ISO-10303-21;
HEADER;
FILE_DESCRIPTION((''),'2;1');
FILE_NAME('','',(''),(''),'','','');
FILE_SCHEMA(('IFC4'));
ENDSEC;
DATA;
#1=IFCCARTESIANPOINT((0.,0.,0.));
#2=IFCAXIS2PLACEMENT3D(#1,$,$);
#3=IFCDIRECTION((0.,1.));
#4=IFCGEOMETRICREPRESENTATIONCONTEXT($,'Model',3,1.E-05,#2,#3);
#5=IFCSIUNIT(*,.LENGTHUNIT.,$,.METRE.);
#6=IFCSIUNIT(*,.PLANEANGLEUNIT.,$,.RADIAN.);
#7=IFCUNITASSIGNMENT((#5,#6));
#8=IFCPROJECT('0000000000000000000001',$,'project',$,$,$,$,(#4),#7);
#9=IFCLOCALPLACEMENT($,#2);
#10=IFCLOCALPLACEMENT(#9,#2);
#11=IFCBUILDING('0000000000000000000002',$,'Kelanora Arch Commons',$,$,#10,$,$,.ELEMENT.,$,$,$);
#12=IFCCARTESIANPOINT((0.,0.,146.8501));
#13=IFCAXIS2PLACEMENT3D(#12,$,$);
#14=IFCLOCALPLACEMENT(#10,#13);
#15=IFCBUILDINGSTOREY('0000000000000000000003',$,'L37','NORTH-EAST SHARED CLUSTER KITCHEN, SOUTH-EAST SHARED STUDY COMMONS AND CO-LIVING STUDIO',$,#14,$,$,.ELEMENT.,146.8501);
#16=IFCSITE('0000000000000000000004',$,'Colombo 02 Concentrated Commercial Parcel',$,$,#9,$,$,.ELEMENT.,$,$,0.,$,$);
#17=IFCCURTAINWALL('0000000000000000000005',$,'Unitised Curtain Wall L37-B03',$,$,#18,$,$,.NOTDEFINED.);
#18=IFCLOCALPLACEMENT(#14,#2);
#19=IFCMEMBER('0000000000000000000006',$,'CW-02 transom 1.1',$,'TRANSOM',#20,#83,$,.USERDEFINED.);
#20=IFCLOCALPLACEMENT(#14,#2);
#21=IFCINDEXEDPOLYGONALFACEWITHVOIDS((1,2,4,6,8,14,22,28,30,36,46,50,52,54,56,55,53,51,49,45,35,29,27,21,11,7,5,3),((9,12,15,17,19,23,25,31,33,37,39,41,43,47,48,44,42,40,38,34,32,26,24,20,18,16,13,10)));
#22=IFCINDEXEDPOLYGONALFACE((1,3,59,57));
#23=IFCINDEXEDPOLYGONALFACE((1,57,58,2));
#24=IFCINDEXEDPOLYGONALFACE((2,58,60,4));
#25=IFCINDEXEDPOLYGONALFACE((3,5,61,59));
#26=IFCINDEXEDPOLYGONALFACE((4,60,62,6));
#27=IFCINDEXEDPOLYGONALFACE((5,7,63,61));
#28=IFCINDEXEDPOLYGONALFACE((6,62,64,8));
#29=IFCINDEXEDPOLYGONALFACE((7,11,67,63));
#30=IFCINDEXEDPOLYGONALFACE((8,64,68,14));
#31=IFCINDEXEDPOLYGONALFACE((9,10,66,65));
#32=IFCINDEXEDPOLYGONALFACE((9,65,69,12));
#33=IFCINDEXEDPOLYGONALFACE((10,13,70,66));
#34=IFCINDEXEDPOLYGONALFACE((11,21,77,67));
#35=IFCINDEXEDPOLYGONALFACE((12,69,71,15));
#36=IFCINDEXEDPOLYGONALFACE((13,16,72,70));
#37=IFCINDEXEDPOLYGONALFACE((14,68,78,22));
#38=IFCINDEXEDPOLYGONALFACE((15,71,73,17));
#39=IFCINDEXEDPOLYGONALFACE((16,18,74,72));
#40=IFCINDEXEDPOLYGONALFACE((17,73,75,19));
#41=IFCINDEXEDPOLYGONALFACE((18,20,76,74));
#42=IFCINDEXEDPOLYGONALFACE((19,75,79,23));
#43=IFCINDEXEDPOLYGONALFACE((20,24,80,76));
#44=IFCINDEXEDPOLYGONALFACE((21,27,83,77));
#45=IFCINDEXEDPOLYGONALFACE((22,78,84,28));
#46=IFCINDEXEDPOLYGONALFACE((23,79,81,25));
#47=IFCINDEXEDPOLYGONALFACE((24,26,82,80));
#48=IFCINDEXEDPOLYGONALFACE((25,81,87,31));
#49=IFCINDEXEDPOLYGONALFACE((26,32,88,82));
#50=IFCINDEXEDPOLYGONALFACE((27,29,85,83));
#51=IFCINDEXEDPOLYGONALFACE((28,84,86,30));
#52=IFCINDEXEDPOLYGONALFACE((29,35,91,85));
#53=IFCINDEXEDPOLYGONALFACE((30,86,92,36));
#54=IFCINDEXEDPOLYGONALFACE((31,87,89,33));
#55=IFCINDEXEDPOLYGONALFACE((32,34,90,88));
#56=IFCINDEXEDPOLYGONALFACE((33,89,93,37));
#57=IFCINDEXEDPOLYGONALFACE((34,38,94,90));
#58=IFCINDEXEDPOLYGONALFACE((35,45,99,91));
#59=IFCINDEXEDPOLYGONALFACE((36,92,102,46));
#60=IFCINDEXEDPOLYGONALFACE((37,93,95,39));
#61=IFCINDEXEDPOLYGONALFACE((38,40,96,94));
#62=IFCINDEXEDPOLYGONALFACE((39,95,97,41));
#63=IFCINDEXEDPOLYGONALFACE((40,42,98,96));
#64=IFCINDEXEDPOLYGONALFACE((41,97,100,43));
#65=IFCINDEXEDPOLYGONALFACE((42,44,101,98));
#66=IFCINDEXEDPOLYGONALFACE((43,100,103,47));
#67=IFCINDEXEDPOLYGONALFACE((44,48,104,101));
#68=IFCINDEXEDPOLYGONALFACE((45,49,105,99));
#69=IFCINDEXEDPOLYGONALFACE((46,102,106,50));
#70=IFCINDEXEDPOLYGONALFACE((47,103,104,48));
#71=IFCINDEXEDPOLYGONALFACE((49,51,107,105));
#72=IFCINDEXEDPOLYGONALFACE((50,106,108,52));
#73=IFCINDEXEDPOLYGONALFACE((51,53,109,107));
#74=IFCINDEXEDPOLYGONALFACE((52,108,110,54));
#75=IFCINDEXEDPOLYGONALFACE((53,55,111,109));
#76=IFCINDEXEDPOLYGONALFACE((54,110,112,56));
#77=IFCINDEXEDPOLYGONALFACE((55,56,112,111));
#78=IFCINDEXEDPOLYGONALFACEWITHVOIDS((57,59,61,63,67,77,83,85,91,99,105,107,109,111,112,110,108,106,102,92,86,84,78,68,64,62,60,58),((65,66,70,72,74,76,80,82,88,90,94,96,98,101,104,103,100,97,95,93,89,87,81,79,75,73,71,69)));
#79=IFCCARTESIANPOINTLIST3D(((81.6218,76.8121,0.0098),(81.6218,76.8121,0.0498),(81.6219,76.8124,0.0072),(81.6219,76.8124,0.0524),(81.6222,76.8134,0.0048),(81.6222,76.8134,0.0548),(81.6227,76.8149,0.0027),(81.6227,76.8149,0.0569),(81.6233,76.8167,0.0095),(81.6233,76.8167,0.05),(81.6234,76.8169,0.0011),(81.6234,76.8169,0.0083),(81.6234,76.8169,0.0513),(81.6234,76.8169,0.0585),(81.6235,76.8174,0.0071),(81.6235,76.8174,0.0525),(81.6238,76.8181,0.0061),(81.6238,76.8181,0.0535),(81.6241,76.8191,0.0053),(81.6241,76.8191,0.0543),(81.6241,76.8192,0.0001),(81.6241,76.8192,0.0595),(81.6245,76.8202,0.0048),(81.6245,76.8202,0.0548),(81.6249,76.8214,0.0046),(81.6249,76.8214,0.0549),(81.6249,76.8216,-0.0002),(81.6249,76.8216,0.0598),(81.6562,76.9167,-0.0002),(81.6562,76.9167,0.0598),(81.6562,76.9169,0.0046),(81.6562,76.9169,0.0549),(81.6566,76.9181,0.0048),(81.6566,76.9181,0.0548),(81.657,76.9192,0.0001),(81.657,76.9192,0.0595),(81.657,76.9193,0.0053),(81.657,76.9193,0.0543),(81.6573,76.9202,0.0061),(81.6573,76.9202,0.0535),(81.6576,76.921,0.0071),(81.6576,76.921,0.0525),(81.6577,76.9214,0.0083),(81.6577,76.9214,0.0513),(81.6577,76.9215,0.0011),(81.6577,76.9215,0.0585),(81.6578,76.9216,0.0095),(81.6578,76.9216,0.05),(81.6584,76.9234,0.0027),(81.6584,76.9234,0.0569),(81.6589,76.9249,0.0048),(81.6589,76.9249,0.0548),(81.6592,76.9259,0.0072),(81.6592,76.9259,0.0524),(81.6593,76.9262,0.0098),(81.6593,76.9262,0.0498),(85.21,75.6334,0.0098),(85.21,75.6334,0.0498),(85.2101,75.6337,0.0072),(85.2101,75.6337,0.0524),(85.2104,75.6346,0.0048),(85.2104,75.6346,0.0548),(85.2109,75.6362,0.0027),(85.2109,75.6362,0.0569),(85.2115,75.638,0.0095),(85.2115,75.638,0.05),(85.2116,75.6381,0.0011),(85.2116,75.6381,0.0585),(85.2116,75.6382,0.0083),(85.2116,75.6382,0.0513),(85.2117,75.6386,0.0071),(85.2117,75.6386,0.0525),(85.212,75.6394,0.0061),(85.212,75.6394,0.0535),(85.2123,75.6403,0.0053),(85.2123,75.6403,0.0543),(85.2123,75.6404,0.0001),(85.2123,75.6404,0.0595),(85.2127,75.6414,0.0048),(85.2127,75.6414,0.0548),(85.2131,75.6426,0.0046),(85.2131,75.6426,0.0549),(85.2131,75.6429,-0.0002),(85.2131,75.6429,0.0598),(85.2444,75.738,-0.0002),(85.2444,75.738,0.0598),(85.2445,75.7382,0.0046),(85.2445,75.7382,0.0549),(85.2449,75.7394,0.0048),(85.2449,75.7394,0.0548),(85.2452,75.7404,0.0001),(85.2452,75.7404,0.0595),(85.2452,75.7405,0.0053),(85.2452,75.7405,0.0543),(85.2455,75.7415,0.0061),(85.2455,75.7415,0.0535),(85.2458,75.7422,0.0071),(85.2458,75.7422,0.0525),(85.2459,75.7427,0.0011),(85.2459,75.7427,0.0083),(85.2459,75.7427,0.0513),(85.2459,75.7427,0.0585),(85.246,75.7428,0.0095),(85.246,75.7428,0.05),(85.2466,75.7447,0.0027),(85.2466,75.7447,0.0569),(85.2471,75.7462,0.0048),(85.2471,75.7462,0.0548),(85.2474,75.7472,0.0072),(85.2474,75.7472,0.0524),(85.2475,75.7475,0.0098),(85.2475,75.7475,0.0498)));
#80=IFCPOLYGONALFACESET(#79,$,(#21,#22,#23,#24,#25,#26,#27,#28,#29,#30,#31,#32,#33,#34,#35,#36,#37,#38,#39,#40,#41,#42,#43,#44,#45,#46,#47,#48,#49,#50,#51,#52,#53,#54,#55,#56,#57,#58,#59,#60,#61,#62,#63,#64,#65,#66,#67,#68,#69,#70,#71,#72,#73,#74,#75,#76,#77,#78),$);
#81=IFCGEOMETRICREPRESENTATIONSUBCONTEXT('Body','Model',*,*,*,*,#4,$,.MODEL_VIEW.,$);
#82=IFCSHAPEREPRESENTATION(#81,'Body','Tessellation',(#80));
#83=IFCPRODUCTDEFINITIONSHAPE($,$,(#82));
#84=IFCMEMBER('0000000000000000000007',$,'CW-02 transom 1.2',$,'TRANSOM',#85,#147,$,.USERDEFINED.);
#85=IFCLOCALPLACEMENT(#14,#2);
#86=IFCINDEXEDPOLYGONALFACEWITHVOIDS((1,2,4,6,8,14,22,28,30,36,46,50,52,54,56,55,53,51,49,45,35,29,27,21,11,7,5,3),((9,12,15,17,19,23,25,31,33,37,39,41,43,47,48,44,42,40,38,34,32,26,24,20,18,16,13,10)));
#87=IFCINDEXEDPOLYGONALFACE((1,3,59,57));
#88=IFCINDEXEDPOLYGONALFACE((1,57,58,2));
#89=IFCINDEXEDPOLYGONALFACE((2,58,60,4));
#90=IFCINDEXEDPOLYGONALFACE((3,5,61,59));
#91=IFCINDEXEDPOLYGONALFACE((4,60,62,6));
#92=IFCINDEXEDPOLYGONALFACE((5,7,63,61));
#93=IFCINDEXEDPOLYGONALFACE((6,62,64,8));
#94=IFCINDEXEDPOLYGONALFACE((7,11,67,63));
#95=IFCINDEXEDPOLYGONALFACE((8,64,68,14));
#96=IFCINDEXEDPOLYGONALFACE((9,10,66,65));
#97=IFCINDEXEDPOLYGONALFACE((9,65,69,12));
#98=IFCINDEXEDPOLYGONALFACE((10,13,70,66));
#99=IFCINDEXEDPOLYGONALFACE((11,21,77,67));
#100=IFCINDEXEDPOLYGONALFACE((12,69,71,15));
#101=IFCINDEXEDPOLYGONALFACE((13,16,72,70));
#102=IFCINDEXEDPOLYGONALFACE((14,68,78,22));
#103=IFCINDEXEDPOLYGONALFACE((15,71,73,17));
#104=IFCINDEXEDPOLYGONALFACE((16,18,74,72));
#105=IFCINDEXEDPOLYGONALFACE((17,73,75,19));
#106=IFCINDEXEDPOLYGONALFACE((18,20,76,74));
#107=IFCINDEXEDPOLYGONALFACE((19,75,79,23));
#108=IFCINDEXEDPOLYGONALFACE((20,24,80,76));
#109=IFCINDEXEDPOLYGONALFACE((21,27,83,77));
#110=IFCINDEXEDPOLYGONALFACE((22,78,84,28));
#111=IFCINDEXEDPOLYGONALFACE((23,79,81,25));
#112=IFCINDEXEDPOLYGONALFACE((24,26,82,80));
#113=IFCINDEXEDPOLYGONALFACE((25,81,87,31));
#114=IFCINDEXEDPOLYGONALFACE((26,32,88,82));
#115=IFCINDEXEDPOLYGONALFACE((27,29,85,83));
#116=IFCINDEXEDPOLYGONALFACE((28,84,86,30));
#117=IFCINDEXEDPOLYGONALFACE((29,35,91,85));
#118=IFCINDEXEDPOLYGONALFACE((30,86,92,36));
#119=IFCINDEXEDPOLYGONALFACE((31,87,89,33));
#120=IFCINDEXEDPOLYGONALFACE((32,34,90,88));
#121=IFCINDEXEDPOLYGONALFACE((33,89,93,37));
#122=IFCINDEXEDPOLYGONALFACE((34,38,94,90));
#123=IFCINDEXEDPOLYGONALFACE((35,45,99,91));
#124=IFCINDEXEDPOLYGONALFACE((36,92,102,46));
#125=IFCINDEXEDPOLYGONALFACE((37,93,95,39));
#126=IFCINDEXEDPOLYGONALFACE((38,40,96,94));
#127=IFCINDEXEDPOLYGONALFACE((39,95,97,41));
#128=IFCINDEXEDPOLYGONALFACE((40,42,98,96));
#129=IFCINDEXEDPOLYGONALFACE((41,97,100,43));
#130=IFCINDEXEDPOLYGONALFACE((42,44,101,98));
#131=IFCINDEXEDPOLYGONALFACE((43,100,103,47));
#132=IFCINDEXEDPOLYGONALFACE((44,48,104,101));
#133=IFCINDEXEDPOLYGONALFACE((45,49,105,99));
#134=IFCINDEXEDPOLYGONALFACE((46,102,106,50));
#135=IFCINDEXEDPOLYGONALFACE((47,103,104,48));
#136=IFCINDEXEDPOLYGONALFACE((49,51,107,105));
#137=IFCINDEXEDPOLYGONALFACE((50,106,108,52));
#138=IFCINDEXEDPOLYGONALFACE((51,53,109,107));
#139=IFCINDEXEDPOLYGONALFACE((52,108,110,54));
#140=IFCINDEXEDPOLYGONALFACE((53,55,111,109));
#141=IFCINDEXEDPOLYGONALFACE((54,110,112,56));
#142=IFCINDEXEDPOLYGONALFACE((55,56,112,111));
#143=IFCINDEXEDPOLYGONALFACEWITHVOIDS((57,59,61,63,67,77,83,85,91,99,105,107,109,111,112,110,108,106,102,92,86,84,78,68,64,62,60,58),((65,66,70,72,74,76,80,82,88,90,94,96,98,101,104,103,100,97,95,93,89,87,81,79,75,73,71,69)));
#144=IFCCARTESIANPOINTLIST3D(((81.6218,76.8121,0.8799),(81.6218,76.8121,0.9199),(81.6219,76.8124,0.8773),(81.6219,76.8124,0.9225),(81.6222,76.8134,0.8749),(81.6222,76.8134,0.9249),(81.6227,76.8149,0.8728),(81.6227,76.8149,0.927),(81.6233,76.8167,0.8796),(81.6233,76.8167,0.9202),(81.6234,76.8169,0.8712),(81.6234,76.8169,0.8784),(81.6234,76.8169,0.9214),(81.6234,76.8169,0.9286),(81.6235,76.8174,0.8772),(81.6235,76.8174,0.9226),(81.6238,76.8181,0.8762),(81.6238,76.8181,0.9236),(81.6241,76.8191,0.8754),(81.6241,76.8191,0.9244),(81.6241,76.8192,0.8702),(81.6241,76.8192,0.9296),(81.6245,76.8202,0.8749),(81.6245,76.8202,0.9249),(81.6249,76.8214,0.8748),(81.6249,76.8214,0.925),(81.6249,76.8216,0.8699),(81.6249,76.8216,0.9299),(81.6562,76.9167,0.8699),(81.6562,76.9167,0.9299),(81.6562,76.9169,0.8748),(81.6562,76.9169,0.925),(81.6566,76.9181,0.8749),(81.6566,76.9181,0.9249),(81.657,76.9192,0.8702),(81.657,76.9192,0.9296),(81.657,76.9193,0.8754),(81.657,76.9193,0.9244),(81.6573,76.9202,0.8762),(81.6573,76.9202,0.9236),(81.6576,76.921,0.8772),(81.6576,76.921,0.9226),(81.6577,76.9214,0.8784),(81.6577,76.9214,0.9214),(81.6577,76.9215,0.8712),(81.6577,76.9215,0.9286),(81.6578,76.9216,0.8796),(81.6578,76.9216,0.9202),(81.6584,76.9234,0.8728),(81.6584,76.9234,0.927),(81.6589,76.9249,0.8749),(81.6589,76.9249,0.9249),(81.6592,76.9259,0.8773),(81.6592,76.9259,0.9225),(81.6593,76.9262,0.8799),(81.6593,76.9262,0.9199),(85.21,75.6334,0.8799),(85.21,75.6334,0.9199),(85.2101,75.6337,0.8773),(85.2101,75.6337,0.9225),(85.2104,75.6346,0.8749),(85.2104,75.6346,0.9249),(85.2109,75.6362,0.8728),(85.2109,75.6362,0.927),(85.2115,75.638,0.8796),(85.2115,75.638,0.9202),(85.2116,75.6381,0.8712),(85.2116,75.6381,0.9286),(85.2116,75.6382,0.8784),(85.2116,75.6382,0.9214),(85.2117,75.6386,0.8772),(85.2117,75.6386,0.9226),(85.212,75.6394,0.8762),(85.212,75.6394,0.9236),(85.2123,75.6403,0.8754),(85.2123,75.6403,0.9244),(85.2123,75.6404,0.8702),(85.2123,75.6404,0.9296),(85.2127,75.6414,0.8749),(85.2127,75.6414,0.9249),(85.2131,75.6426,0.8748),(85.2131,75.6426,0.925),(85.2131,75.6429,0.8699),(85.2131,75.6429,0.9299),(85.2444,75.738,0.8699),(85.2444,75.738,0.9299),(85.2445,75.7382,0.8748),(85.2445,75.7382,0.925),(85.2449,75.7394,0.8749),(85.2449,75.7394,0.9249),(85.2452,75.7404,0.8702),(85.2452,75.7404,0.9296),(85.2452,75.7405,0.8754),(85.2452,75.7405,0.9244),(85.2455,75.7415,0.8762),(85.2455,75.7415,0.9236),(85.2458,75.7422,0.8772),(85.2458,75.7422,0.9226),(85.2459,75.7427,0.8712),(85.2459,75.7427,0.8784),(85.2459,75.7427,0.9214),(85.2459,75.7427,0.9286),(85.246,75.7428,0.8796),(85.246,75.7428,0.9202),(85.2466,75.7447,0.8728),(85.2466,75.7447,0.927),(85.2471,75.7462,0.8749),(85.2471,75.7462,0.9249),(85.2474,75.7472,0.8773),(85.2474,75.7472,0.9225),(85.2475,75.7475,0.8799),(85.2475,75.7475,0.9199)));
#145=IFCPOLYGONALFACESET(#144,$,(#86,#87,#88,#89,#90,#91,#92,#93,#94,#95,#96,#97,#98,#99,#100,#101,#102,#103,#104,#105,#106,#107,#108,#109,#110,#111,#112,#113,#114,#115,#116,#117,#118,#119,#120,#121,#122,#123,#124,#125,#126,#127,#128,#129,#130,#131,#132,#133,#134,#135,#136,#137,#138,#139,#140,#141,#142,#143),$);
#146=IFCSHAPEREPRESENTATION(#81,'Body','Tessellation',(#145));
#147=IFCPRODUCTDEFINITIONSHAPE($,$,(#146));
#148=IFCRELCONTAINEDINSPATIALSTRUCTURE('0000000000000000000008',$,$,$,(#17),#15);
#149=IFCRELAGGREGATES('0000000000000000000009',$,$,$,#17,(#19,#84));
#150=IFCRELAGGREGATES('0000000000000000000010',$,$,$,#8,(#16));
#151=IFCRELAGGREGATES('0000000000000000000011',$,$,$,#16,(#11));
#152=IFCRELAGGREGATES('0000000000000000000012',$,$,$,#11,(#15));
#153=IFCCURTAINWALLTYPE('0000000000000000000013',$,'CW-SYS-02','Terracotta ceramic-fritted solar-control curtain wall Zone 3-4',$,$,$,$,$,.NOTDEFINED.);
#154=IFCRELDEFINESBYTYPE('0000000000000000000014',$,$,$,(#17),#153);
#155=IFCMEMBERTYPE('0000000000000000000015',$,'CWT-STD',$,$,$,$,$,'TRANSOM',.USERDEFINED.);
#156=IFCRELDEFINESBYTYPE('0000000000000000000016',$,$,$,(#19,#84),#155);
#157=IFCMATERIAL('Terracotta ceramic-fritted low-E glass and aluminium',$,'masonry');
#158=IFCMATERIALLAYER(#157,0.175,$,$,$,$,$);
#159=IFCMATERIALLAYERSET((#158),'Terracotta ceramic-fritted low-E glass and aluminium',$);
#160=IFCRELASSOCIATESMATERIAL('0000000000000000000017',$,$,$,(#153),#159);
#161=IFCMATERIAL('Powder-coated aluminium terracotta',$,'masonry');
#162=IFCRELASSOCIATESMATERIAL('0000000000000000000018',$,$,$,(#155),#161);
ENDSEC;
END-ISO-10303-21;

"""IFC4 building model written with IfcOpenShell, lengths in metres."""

from ifc_helpers import new_model, si_unit, direction, frame, origin, origin_2d, place, context, subcontext, project, spatial, hollow_rectangle, extrude, material, layer, layer_set, material_profile, profile_set, type_object, element, aggregate, save


model = new_model("IFC4")

# Units and contexts
model_context = context("Model", 3, precision=1e-05, world=origin(), true_north=direction((0.0, 1.0)))
body_context = subcontext(model_context, "Body", "Model", "MODEL_VIEW")
ifc_project = project(units=[si_unit("LENGTHUNIT", "METRE"), si_unit("PLANEANGLEUNIT", "RADIAN")], contexts=[model_context])

# Site, building, storey
site_placement = place(None, origin())
site = spatial("IfcSite", under=ifc_project, at=site_placement, Name="Colombo 02 Concentrated Commercial Parcel", CompositionType="ELEMENT", RefElevation=0.0)
building_placement = place(site_placement, origin())
building = spatial("IfcBuilding", under=site, at=building_placement, Name="Kelanora Arch Commons", CompositionType="ELEMENT")
storey_placement = place(building_placement, frame((0.0, 0.0, 146.8501)))
storey = spatial("IfcBuildingStorey", under=building, at=storey_placement, Name="L37", Description="NORTH-EAST SHARED CLUSTER KITCHEN, SOUTH-EAST SHARED STUDY COMMONS AND CO-LIVING STUDIO", CompositionType="ELEMENT", Elevation=146.8501)

# Shared definitions
ifc_material_1 = material(Name="Terracotta ceramic-fritted low-E glass and aluminium", Category="masonry")
ifc_layer_1 = layer(ifc_material_1, 0.175)
ifc_layer_set_1 = layer_set([ifc_layer_1], Name="Terracotta ceramic-fritted low-E glass and aluminium")
curtain_wall_type = type_object("IfcCurtainWallType", Name="CW-SYS-02", Description="Terracotta ceramic-fritted solar-control curtain wall Zone 3-4", PredefinedType="NOTDEFINED", material=ifc_layer_set_1)
ifc_material_2 = material(Name="Powder-coated aluminium terracotta", Category="masonry")

# Curtain wall, members
curtain_wall_1_placement = place(storey_placement, origin())
curtain_wall_1 = element("IfcCurtainWall", 1, at=curtain_wall_1_placement, inside=storey, type_object=curtain_wall_type, Name="Unitised Curtain Wall L37-B03", PredefinedType="NOTDEFINED")
ifc_material_profile_1 = material_profile(ifc_material_2, hollow_rectangle(XDim=0.1201, YDim=0.0601, WallThickness=0.0049, InnerFilletRadius=0.0049, OuterFilletRadius=0.01, at=origin_2d()), Name="CWT120x60")
ifc_profile_set_1 = profile_set([ifc_material_profile_1], Name="Powder-coated aluminium terracotta")
member_type_1 = type_object("IfcMemberType", Name="CWT-STD", ElementType="TRANSOM", PredefinedType="USERDEFINED", material=ifc_profile_set_1)
member_1_placement = place(storey_placement, frame((85.2288, 75.6904, 0.0298), z_axis=(-0.950051, 0.312094, 0.0), x_axis=(-0.312094, -0.950051, 0.0)))
member_1 = element("IfcMember", 2, at=member_1_placement, type_object=member_type_1, Name="CW-02 transom 1.1", ObjectType="TRANSOM", PredefinedType="USERDEFINED", context=body_context, shape_type="SweptSolid", body=[
    extrude(hollow_rectangle(XDim=0.1201, YDim=0.0601, WallThickness=0.0049, InnerFilletRadius=0.0049, OuterFilletRadius=0.01, at=origin_2d()), origin(), (0.0, 0.0, 1.0), 3.7769),
])
member_2_placement = place(storey_placement, frame((85.2288, 75.6904, 0.8999), z_axis=(-0.950051, 0.312094, 0.0), x_axis=(-0.312094, -0.950051, 0.0)))
member_2 = element("IfcMember", 3, at=member_2_placement, type_object=member_type_1, Name="CW-02 transom 1.2", ObjectType="TRANSOM", PredefinedType="USERDEFINED", context=body_context, shape_type="SweptSolid", body=[
    extrude(hollow_rectangle(XDim=0.1201, YDim=0.0601, WallThickness=0.0049, InnerFilletRadius=0.0049, OuterFilletRadius=0.01, at=origin_2d()), origin(), (0.0, 0.0, 1.0), 3.7769),
])
aggregate(curtain_wall_1, [member_1, member_2])

save(model, "model.ifc")
